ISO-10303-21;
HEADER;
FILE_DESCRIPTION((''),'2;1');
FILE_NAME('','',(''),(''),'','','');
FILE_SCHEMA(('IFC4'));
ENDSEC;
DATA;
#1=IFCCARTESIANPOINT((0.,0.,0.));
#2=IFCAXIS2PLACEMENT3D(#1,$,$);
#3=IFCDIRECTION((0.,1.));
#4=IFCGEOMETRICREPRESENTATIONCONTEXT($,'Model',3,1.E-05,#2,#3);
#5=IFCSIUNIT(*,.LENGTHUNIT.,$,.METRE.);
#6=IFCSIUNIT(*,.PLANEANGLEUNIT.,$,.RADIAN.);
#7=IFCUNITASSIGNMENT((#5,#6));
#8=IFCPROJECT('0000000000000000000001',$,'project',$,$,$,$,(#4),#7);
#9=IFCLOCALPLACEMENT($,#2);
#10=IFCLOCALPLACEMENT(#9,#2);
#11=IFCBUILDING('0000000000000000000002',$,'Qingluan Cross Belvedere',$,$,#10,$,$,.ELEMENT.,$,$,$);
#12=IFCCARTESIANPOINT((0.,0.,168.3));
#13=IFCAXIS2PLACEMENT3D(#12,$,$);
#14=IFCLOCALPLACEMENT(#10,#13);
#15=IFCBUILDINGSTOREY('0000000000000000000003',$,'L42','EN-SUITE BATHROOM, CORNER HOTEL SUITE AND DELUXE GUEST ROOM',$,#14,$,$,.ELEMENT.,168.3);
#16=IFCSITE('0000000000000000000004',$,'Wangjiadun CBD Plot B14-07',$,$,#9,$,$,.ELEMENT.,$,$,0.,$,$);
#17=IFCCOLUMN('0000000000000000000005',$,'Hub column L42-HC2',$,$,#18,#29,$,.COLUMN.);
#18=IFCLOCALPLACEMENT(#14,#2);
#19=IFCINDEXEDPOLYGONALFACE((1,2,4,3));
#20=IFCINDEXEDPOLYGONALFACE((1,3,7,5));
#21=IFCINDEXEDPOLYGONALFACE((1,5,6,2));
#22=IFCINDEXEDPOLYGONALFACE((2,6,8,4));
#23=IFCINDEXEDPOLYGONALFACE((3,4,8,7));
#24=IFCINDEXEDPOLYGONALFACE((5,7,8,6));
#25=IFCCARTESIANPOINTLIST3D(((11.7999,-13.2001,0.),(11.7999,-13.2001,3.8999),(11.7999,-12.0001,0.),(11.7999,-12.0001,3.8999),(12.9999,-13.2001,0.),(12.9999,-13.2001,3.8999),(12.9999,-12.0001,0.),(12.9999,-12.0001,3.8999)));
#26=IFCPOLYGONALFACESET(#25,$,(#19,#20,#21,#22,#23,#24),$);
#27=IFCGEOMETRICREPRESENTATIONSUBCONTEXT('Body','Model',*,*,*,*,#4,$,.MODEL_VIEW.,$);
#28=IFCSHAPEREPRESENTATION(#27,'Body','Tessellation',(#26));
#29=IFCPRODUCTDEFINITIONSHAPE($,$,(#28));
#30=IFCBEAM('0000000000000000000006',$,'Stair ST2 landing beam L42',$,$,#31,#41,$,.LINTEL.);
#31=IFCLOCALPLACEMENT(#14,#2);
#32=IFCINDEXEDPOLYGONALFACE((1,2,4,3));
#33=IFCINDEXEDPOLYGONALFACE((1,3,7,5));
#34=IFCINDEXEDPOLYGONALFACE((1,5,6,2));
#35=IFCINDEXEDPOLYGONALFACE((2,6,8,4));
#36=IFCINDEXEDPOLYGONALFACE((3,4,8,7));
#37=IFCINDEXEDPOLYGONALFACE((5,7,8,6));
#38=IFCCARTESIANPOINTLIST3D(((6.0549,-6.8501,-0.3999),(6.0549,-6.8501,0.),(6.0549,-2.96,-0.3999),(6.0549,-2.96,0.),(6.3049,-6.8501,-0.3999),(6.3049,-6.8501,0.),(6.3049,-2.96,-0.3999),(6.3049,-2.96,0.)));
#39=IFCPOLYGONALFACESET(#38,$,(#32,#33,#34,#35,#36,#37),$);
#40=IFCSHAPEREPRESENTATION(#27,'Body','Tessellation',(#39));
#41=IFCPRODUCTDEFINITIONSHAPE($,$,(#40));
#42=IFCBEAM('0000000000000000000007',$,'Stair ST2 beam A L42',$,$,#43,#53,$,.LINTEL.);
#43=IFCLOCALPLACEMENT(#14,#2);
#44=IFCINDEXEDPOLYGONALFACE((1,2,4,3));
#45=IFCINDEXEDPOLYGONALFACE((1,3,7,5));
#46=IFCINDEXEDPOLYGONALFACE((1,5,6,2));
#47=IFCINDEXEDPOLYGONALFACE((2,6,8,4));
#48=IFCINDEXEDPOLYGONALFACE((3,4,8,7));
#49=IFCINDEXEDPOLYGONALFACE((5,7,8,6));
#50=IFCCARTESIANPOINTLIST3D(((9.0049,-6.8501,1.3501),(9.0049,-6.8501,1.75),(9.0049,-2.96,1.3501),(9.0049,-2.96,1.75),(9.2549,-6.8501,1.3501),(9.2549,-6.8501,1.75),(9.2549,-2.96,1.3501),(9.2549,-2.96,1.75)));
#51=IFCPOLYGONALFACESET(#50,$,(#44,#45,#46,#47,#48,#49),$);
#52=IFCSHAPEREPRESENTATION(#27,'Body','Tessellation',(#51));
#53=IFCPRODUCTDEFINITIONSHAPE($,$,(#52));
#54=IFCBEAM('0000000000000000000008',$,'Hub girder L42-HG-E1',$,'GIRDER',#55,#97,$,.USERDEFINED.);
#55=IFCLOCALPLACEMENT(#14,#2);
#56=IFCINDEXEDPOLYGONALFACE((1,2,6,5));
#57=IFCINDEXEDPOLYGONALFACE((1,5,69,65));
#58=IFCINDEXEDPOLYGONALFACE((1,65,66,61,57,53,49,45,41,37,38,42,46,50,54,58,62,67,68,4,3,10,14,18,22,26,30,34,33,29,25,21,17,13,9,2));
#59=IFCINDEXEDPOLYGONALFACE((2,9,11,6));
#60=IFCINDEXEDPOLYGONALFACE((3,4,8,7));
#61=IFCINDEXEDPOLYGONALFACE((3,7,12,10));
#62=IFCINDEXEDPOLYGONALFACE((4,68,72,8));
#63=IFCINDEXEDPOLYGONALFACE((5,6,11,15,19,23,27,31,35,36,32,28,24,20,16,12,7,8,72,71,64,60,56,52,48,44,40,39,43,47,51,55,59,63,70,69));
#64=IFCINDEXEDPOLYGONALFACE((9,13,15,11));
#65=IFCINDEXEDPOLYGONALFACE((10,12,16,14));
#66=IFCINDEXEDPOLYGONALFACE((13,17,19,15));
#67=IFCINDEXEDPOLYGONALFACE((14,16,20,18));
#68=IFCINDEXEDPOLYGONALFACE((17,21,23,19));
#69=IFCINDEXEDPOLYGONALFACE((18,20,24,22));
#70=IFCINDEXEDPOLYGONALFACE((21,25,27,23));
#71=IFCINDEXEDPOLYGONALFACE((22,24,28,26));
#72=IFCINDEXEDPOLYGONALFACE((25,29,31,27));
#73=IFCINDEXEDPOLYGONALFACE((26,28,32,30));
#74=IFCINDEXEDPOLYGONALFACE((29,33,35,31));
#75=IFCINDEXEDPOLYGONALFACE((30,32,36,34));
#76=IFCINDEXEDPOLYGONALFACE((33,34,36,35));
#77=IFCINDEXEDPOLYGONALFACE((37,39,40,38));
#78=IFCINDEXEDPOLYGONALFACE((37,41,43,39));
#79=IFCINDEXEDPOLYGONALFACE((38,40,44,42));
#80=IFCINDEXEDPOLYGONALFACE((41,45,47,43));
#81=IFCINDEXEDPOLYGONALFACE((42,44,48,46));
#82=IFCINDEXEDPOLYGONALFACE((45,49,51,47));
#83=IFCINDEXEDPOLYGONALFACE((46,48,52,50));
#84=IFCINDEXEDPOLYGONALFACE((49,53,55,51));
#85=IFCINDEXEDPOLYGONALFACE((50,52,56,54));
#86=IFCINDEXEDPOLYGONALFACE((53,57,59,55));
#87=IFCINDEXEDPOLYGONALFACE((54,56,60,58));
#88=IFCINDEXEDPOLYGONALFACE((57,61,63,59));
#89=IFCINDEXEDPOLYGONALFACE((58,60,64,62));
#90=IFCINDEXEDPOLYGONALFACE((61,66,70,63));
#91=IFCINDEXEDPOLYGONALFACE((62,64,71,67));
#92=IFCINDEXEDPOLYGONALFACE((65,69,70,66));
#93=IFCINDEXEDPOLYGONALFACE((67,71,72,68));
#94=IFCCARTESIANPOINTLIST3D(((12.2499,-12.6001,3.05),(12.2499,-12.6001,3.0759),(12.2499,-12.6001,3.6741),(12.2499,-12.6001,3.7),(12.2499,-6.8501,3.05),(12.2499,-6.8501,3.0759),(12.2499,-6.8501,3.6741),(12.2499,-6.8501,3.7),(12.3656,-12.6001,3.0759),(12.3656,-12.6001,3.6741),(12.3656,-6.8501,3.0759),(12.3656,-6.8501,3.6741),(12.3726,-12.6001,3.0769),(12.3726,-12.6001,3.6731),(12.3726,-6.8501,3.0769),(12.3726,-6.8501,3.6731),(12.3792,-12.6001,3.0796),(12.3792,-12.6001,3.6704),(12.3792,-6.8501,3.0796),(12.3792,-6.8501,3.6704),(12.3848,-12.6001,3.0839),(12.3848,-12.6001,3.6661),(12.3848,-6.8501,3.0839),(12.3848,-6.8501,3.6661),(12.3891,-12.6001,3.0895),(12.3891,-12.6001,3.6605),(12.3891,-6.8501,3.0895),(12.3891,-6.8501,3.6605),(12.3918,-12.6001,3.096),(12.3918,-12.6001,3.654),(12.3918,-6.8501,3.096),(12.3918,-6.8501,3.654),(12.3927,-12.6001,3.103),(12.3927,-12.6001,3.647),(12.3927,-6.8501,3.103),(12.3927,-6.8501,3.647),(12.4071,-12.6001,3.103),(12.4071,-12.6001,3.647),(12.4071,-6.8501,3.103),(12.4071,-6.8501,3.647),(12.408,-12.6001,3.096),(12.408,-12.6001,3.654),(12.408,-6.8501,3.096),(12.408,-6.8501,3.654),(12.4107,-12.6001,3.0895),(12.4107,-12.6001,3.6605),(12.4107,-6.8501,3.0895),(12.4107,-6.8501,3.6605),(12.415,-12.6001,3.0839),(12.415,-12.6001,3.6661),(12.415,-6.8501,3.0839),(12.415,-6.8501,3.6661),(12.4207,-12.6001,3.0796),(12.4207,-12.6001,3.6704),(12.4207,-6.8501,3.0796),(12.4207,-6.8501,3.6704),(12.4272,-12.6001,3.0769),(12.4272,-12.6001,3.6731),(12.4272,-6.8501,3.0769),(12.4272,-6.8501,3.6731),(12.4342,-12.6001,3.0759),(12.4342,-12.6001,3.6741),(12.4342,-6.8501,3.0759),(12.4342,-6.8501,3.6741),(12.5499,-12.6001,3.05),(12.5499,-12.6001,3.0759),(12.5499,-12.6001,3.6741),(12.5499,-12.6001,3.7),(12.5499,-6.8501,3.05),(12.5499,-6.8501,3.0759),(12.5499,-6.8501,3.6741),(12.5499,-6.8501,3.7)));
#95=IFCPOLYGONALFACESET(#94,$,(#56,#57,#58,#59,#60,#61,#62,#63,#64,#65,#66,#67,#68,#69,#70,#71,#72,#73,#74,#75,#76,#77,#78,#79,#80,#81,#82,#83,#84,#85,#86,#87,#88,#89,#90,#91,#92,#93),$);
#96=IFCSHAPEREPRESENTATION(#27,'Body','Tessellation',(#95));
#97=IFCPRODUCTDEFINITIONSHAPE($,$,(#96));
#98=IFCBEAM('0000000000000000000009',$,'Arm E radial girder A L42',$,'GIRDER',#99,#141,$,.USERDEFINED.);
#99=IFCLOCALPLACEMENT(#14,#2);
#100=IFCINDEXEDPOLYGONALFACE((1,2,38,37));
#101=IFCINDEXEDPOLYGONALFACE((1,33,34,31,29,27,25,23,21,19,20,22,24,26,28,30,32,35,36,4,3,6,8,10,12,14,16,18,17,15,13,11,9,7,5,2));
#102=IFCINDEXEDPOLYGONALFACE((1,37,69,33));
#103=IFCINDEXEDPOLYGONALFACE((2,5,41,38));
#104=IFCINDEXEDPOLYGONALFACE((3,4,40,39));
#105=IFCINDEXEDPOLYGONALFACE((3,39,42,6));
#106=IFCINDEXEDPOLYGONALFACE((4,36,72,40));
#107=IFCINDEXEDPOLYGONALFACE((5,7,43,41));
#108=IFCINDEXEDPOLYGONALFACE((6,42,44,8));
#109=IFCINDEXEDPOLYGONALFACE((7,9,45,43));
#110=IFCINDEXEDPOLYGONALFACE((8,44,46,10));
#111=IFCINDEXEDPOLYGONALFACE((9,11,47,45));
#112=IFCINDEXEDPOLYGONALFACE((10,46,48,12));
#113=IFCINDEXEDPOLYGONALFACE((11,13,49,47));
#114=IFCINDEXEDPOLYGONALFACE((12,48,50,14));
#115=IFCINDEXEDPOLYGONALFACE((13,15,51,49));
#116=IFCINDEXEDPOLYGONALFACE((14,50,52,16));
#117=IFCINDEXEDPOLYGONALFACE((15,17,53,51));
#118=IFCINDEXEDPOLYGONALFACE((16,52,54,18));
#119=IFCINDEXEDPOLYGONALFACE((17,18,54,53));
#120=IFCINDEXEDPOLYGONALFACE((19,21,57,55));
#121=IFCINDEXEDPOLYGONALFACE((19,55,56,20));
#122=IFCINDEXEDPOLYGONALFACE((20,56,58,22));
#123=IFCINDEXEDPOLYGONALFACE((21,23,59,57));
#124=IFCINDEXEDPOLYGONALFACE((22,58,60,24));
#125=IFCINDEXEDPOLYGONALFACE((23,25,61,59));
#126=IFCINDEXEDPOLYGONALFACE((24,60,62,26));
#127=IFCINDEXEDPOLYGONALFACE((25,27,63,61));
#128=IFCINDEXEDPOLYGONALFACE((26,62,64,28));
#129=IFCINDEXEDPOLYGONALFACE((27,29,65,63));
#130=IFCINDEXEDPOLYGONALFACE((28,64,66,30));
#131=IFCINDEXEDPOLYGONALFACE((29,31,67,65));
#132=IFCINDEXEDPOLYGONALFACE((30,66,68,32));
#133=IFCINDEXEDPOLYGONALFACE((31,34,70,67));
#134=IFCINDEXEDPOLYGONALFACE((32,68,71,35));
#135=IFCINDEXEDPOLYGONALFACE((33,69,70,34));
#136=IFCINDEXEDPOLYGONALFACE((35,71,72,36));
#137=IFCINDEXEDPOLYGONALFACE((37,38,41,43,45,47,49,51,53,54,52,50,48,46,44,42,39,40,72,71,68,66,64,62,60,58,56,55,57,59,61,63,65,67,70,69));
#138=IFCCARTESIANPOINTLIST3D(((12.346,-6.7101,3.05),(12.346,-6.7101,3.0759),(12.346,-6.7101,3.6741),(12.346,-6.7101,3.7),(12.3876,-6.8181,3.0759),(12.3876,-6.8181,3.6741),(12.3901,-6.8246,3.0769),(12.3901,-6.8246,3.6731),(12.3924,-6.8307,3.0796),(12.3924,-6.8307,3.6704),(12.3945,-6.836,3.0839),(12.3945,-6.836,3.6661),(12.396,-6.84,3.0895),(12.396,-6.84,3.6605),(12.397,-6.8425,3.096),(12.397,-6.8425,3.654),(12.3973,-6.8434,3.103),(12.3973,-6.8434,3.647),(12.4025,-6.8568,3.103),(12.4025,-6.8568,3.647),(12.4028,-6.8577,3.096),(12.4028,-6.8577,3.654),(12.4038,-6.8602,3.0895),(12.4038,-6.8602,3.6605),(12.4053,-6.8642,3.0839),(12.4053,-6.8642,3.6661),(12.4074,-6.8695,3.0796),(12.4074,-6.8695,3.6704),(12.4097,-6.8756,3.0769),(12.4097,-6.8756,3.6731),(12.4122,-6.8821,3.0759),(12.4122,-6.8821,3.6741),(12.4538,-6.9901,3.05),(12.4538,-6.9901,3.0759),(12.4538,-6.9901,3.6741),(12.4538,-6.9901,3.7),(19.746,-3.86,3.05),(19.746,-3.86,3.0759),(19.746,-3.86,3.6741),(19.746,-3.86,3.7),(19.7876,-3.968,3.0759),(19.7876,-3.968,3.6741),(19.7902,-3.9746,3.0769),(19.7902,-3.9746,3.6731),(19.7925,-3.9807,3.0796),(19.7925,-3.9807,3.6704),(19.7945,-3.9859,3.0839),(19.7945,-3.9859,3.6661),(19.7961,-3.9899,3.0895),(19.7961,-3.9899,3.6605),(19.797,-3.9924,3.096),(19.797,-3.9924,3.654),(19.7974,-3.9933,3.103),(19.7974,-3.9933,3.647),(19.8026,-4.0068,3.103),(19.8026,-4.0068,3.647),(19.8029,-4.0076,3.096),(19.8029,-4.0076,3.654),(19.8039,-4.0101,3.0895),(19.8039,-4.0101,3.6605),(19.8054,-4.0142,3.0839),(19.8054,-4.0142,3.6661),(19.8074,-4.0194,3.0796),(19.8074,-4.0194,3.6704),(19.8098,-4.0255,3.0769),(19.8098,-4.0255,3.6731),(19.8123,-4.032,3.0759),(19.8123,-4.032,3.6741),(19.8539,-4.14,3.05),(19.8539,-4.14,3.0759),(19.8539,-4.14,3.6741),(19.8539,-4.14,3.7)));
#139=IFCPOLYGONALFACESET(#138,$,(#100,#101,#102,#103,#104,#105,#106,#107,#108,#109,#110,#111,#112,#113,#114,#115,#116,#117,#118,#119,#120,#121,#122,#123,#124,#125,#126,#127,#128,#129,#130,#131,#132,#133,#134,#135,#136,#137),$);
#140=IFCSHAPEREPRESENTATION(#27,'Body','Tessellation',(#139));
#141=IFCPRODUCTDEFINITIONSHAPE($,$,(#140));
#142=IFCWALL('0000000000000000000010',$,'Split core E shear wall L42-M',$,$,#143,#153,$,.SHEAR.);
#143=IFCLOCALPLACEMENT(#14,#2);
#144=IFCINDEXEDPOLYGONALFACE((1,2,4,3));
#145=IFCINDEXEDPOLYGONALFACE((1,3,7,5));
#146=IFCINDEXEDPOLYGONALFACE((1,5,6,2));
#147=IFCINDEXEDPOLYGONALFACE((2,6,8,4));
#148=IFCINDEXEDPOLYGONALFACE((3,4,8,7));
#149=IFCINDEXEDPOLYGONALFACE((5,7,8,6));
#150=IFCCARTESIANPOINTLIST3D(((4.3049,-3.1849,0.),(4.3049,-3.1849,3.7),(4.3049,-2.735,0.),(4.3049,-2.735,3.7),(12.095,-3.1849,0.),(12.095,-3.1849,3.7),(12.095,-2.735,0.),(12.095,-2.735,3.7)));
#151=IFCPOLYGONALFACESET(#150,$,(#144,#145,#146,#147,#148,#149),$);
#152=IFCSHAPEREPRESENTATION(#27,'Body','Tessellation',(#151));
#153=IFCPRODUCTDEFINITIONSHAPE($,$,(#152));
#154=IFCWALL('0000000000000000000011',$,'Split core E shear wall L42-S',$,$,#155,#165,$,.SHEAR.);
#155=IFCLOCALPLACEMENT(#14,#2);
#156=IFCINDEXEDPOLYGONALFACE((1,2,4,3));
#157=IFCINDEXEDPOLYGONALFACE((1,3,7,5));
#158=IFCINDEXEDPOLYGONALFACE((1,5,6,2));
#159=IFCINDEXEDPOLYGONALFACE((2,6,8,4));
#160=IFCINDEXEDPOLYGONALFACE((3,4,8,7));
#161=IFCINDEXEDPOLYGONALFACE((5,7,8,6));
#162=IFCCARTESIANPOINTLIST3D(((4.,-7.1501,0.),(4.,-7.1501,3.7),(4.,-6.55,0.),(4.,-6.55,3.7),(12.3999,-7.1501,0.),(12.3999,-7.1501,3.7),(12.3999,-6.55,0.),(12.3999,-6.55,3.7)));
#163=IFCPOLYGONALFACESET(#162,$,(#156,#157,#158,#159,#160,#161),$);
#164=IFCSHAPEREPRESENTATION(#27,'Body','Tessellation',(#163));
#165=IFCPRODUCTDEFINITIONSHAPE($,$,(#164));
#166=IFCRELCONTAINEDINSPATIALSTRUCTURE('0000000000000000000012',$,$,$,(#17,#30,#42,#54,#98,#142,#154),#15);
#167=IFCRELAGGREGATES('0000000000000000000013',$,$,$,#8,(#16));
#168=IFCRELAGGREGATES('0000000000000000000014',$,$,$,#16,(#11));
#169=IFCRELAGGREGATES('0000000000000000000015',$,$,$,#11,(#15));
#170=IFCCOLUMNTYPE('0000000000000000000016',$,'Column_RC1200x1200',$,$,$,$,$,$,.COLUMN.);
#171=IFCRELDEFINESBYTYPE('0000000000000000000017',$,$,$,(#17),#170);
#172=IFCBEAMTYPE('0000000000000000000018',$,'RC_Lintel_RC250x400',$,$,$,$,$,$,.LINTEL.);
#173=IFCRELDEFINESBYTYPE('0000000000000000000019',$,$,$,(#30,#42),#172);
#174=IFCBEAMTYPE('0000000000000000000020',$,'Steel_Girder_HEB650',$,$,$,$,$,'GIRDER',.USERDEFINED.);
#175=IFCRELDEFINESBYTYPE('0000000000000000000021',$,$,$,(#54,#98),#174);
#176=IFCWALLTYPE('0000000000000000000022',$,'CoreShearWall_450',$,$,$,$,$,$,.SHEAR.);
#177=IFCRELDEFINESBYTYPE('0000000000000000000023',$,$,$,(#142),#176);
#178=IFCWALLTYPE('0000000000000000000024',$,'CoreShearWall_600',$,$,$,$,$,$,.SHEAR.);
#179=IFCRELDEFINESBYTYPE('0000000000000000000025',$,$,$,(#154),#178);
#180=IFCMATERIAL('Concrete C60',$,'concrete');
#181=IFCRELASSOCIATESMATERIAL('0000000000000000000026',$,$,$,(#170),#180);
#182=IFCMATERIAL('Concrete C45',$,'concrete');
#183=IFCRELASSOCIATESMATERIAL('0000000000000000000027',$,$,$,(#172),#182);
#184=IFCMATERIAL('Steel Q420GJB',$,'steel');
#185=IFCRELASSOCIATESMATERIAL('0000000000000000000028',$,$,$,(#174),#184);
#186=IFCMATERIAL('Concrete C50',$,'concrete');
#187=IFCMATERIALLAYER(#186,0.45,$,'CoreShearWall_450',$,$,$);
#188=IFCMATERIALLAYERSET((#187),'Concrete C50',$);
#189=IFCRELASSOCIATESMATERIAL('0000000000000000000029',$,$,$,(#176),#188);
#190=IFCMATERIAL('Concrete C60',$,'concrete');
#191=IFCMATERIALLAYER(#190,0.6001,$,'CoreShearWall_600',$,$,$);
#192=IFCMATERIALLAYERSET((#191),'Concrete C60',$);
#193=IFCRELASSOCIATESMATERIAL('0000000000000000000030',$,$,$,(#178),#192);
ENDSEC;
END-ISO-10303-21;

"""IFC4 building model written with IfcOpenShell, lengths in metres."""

from ifc_helpers import new_model, si_unit, direction, frame, frame_2d, origin, origin_2d, place, context, subcontext, project, spatial, rectangle, i_section, extrude, material, layer, layer_set, material_profile, profile_set, type_object, element, save


model = new_model("IFC4")

# Units and contexts
model_context = context("Model", 3, precision=1e-05, world=origin(), true_north=direction((0.0, 1.0)))
body_context = subcontext(model_context, "Body", "Model", "MODEL_VIEW")
ifc_project = project(units=[si_unit("LENGTHUNIT", "METRE"), si_unit("PLANEANGLEUNIT", "RADIAN")], contexts=[model_context])

# Site, building, storey
site_placement = place(None, origin())
site = spatial("IfcSite", under=ifc_project, at=site_placement, Name="Wangjiadun CBD Plot B14-07", CompositionType="ELEMENT", RefElevation=0.0)
building_placement = place(site_placement, origin())
building = spatial("IfcBuilding", under=site, at=building_placement, Name="Qingluan Cross Belvedere", CompositionType="ELEMENT")
storey_placement = place(building_placement, frame((0.0, 0.0, 168.3)))
storey = spatial("IfcBuildingStorey", under=building, at=storey_placement, Name="L42", Description="EN-SUITE BATHROOM, CORNER HOTEL SUITE AND DELUXE GUEST ROOM", CompositionType="ELEMENT", Elevation=168.3)

# Column
ifc_material_1 = material(Name="Concrete C60", Category="concrete")
ifc_material_profile_1 = material_profile(ifc_material_1, rectangle(XDim=1.2, YDim=1.2, at=origin_2d()), Name="RC1200x1200")
ifc_profile_set_1 = profile_set([ifc_material_profile_1], Name="Concrete C60")
column_type = type_object("IfcColumnType", Name="Column_RC1200x1200", PredefinedType="COLUMN", material=ifc_profile_set_1)
column_placement = place(storey_placement, frame((12.3999, -12.6001, 0.0), z_axis=(0.0, 0.0, 1.0), x_axis=(1.0, 0.0, 0.0)))
element("IfcColumn", 1, at=column_placement, inside=storey, type_object=column_type, Name="Hub column L42-HC2", PredefinedType="COLUMN", context=body_context, shape_type="SweptSolid", body=[
    extrude(rectangle(XDim=1.2, YDim=1.2, at=origin_2d()), origin(), (0.0, 0.0, 1.0), 3.8999),
])

# Beams
ifc_material_2 = material(Name="Concrete C45", Category="concrete")
ifc_material_profile_2 = material_profile(ifc_material_2, rectangle(XDim=0.25, YDim=0.3999, at=origin_2d()), Name="RC250x400")
ifc_profile_set_2 = profile_set([ifc_material_profile_2], Name="Concrete C45")
beam_type_1 = type_object("IfcBeamType", Name="RC_Lintel_RC250x400", PredefinedType="LINTEL", material=ifc_profile_set_2)
for number, where, z_axis, x_axis, name in (
    (2, (6.1799, -6.8501, -0.2), (0.0, 1.0, 0.0), (-1.0, 0.0, 0.0), "Stair ST2 landing beam L42"),
    (3, (9.1299, -6.8501, 1.55), (0.0, 1.0, 0.0), (-1.0, 0.0, 0.0), "Stair ST2 beam A L42"),
):
    element("IfcBeam", number, at=place(storey_placement, frame(where, z_axis=z_axis, x_axis=x_axis)), inside=storey, type_object=beam_type_1, Name=name, PredefinedType="LINTEL", context=body_context, shape_type="SweptSolid", body=[
        extrude(rectangle(XDim=0.25, YDim=0.3999, at=origin_2d()), origin(), (0.0, 0.0, 1.0), 3.8901),
    ])
ifc_material_3 = material(Name="Steel Q420GJB", Category="steel")
ifc_material_profile_3 = material_profile(ifc_material_3, i_section(OverallWidth=0.3, OverallDepth=0.6499, WebThickness=0.0144, FlangeThickness=0.0259, FilletRadius=0.0271, at=origin_2d()), Name="HEB650")
ifc_profile_set_3 = profile_set([ifc_material_profile_3], Name="Steel Q420GJB")
beam_type_2 = type_object("IfcBeamType", Name="Steel_Girder_HEB650", ElementType="GIRDER", PredefinedType="USERDEFINED", material=ifc_profile_set_3)
beam_1_placement = place(storey_placement, frame((12.3999, -12.6001, 3.375), z_axis=(0.0, 1.0, 0.0), x_axis=(-1.0, 0.0, 0.0)))
element("IfcBeam", 4, at=beam_1_placement, inside=storey, type_object=beam_type_2, Name="Hub girder L42-HG-E1", ObjectType="GIRDER", PredefinedType="USERDEFINED", context=body_context, shape_type="SweptSolid", body=[
    extrude(i_section(OverallWidth=0.3, OverallDepth=0.6499, WebThickness=0.0144, FlangeThickness=0.0259, FilletRadius=0.0271, at=origin_2d()), origin(), (0.0, 0.0, 1.0), 5.75),
])
beam_2_placement = place(storey_placement, frame((12.3999, -6.8501, 3.375), z_axis=(0.933181, 0.359406, 0.0), x_axis=(-0.359406, 0.933181, 0.0)))
element("IfcBeam", 5, at=beam_2_placement, inside=storey, type_object=beam_type_2, Name="Arm E radial girder A L42", ObjectType="GIRDER", PredefinedType="USERDEFINED", context=body_context, shape_type="SweptSolid", body=[
    extrude(i_section(OverallWidth=0.3, OverallDepth=0.6499, WebThickness=0.0144, FlangeThickness=0.0259, FilletRadius=0.0271, at=origin_2d()), origin(), (0.0, 0.0, 1.0), 7.9299),
])

# Walls
ifc_material_4 = material(Name="Concrete C50", Category="concrete")
ifc_layer_1 = layer(ifc_material_4, 0.45, Name="CoreShearWall_450")
ifc_layer_set_1 = layer_set([ifc_layer_1], Name="Concrete C50")
wall_type_1 = type_object("IfcWallType", Name="CoreShearWall_450", PredefinedType="SHEAR", material=ifc_layer_set_1)
wall_1_placement = place(storey_placement, frame((4.3049, -2.96, 0.0), z_axis=(0.0, 0.0, 1.0), x_axis=(1.0, 0.0, 0.0)))
element("IfcWall", 6, at=wall_1_placement, inside=storey, type_object=wall_type_1, Name="Split core E shear wall L42-M", PredefinedType="SHEAR", context=body_context, shape_type="SweptSolid", body=[
    extrude(rectangle(XDim=7.79, YDim=0.45, at=frame_2d((3.895, 0.0))), origin(), (0.0, 0.0, 1.0), 3.7),
])
ifc_material_5 = material(Name="Concrete C60", Category="concrete")
ifc_layer_2 = layer(ifc_material_5, 0.6001, Name="CoreShearWall_600")
ifc_layer_set_2 = layer_set([ifc_layer_2], Name="Concrete C60")
wall_type_2 = type_object("IfcWallType", Name="CoreShearWall_600", PredefinedType="SHEAR", material=ifc_layer_set_2)
wall_2_placement = place(storey_placement, frame((4.0, -6.8501, 0.0), z_axis=(0.0, 0.0, 1.0), x_axis=(1.0, 0.0, 0.0)))
element("IfcWall", 7, at=wall_2_placement, inside=storey, type_object=wall_type_2, Name="Split core E shear wall L42-S", PredefinedType="SHEAR", context=body_context, shape_type="SweptSolid", body=[
    extrude(rectangle(XDim=8.3999, YDim=0.6001, at=frame_2d((4.2, 0.0))), origin(), (0.0, 0.0, 1.0), 3.7),
])

save(model, "model.ifc")
